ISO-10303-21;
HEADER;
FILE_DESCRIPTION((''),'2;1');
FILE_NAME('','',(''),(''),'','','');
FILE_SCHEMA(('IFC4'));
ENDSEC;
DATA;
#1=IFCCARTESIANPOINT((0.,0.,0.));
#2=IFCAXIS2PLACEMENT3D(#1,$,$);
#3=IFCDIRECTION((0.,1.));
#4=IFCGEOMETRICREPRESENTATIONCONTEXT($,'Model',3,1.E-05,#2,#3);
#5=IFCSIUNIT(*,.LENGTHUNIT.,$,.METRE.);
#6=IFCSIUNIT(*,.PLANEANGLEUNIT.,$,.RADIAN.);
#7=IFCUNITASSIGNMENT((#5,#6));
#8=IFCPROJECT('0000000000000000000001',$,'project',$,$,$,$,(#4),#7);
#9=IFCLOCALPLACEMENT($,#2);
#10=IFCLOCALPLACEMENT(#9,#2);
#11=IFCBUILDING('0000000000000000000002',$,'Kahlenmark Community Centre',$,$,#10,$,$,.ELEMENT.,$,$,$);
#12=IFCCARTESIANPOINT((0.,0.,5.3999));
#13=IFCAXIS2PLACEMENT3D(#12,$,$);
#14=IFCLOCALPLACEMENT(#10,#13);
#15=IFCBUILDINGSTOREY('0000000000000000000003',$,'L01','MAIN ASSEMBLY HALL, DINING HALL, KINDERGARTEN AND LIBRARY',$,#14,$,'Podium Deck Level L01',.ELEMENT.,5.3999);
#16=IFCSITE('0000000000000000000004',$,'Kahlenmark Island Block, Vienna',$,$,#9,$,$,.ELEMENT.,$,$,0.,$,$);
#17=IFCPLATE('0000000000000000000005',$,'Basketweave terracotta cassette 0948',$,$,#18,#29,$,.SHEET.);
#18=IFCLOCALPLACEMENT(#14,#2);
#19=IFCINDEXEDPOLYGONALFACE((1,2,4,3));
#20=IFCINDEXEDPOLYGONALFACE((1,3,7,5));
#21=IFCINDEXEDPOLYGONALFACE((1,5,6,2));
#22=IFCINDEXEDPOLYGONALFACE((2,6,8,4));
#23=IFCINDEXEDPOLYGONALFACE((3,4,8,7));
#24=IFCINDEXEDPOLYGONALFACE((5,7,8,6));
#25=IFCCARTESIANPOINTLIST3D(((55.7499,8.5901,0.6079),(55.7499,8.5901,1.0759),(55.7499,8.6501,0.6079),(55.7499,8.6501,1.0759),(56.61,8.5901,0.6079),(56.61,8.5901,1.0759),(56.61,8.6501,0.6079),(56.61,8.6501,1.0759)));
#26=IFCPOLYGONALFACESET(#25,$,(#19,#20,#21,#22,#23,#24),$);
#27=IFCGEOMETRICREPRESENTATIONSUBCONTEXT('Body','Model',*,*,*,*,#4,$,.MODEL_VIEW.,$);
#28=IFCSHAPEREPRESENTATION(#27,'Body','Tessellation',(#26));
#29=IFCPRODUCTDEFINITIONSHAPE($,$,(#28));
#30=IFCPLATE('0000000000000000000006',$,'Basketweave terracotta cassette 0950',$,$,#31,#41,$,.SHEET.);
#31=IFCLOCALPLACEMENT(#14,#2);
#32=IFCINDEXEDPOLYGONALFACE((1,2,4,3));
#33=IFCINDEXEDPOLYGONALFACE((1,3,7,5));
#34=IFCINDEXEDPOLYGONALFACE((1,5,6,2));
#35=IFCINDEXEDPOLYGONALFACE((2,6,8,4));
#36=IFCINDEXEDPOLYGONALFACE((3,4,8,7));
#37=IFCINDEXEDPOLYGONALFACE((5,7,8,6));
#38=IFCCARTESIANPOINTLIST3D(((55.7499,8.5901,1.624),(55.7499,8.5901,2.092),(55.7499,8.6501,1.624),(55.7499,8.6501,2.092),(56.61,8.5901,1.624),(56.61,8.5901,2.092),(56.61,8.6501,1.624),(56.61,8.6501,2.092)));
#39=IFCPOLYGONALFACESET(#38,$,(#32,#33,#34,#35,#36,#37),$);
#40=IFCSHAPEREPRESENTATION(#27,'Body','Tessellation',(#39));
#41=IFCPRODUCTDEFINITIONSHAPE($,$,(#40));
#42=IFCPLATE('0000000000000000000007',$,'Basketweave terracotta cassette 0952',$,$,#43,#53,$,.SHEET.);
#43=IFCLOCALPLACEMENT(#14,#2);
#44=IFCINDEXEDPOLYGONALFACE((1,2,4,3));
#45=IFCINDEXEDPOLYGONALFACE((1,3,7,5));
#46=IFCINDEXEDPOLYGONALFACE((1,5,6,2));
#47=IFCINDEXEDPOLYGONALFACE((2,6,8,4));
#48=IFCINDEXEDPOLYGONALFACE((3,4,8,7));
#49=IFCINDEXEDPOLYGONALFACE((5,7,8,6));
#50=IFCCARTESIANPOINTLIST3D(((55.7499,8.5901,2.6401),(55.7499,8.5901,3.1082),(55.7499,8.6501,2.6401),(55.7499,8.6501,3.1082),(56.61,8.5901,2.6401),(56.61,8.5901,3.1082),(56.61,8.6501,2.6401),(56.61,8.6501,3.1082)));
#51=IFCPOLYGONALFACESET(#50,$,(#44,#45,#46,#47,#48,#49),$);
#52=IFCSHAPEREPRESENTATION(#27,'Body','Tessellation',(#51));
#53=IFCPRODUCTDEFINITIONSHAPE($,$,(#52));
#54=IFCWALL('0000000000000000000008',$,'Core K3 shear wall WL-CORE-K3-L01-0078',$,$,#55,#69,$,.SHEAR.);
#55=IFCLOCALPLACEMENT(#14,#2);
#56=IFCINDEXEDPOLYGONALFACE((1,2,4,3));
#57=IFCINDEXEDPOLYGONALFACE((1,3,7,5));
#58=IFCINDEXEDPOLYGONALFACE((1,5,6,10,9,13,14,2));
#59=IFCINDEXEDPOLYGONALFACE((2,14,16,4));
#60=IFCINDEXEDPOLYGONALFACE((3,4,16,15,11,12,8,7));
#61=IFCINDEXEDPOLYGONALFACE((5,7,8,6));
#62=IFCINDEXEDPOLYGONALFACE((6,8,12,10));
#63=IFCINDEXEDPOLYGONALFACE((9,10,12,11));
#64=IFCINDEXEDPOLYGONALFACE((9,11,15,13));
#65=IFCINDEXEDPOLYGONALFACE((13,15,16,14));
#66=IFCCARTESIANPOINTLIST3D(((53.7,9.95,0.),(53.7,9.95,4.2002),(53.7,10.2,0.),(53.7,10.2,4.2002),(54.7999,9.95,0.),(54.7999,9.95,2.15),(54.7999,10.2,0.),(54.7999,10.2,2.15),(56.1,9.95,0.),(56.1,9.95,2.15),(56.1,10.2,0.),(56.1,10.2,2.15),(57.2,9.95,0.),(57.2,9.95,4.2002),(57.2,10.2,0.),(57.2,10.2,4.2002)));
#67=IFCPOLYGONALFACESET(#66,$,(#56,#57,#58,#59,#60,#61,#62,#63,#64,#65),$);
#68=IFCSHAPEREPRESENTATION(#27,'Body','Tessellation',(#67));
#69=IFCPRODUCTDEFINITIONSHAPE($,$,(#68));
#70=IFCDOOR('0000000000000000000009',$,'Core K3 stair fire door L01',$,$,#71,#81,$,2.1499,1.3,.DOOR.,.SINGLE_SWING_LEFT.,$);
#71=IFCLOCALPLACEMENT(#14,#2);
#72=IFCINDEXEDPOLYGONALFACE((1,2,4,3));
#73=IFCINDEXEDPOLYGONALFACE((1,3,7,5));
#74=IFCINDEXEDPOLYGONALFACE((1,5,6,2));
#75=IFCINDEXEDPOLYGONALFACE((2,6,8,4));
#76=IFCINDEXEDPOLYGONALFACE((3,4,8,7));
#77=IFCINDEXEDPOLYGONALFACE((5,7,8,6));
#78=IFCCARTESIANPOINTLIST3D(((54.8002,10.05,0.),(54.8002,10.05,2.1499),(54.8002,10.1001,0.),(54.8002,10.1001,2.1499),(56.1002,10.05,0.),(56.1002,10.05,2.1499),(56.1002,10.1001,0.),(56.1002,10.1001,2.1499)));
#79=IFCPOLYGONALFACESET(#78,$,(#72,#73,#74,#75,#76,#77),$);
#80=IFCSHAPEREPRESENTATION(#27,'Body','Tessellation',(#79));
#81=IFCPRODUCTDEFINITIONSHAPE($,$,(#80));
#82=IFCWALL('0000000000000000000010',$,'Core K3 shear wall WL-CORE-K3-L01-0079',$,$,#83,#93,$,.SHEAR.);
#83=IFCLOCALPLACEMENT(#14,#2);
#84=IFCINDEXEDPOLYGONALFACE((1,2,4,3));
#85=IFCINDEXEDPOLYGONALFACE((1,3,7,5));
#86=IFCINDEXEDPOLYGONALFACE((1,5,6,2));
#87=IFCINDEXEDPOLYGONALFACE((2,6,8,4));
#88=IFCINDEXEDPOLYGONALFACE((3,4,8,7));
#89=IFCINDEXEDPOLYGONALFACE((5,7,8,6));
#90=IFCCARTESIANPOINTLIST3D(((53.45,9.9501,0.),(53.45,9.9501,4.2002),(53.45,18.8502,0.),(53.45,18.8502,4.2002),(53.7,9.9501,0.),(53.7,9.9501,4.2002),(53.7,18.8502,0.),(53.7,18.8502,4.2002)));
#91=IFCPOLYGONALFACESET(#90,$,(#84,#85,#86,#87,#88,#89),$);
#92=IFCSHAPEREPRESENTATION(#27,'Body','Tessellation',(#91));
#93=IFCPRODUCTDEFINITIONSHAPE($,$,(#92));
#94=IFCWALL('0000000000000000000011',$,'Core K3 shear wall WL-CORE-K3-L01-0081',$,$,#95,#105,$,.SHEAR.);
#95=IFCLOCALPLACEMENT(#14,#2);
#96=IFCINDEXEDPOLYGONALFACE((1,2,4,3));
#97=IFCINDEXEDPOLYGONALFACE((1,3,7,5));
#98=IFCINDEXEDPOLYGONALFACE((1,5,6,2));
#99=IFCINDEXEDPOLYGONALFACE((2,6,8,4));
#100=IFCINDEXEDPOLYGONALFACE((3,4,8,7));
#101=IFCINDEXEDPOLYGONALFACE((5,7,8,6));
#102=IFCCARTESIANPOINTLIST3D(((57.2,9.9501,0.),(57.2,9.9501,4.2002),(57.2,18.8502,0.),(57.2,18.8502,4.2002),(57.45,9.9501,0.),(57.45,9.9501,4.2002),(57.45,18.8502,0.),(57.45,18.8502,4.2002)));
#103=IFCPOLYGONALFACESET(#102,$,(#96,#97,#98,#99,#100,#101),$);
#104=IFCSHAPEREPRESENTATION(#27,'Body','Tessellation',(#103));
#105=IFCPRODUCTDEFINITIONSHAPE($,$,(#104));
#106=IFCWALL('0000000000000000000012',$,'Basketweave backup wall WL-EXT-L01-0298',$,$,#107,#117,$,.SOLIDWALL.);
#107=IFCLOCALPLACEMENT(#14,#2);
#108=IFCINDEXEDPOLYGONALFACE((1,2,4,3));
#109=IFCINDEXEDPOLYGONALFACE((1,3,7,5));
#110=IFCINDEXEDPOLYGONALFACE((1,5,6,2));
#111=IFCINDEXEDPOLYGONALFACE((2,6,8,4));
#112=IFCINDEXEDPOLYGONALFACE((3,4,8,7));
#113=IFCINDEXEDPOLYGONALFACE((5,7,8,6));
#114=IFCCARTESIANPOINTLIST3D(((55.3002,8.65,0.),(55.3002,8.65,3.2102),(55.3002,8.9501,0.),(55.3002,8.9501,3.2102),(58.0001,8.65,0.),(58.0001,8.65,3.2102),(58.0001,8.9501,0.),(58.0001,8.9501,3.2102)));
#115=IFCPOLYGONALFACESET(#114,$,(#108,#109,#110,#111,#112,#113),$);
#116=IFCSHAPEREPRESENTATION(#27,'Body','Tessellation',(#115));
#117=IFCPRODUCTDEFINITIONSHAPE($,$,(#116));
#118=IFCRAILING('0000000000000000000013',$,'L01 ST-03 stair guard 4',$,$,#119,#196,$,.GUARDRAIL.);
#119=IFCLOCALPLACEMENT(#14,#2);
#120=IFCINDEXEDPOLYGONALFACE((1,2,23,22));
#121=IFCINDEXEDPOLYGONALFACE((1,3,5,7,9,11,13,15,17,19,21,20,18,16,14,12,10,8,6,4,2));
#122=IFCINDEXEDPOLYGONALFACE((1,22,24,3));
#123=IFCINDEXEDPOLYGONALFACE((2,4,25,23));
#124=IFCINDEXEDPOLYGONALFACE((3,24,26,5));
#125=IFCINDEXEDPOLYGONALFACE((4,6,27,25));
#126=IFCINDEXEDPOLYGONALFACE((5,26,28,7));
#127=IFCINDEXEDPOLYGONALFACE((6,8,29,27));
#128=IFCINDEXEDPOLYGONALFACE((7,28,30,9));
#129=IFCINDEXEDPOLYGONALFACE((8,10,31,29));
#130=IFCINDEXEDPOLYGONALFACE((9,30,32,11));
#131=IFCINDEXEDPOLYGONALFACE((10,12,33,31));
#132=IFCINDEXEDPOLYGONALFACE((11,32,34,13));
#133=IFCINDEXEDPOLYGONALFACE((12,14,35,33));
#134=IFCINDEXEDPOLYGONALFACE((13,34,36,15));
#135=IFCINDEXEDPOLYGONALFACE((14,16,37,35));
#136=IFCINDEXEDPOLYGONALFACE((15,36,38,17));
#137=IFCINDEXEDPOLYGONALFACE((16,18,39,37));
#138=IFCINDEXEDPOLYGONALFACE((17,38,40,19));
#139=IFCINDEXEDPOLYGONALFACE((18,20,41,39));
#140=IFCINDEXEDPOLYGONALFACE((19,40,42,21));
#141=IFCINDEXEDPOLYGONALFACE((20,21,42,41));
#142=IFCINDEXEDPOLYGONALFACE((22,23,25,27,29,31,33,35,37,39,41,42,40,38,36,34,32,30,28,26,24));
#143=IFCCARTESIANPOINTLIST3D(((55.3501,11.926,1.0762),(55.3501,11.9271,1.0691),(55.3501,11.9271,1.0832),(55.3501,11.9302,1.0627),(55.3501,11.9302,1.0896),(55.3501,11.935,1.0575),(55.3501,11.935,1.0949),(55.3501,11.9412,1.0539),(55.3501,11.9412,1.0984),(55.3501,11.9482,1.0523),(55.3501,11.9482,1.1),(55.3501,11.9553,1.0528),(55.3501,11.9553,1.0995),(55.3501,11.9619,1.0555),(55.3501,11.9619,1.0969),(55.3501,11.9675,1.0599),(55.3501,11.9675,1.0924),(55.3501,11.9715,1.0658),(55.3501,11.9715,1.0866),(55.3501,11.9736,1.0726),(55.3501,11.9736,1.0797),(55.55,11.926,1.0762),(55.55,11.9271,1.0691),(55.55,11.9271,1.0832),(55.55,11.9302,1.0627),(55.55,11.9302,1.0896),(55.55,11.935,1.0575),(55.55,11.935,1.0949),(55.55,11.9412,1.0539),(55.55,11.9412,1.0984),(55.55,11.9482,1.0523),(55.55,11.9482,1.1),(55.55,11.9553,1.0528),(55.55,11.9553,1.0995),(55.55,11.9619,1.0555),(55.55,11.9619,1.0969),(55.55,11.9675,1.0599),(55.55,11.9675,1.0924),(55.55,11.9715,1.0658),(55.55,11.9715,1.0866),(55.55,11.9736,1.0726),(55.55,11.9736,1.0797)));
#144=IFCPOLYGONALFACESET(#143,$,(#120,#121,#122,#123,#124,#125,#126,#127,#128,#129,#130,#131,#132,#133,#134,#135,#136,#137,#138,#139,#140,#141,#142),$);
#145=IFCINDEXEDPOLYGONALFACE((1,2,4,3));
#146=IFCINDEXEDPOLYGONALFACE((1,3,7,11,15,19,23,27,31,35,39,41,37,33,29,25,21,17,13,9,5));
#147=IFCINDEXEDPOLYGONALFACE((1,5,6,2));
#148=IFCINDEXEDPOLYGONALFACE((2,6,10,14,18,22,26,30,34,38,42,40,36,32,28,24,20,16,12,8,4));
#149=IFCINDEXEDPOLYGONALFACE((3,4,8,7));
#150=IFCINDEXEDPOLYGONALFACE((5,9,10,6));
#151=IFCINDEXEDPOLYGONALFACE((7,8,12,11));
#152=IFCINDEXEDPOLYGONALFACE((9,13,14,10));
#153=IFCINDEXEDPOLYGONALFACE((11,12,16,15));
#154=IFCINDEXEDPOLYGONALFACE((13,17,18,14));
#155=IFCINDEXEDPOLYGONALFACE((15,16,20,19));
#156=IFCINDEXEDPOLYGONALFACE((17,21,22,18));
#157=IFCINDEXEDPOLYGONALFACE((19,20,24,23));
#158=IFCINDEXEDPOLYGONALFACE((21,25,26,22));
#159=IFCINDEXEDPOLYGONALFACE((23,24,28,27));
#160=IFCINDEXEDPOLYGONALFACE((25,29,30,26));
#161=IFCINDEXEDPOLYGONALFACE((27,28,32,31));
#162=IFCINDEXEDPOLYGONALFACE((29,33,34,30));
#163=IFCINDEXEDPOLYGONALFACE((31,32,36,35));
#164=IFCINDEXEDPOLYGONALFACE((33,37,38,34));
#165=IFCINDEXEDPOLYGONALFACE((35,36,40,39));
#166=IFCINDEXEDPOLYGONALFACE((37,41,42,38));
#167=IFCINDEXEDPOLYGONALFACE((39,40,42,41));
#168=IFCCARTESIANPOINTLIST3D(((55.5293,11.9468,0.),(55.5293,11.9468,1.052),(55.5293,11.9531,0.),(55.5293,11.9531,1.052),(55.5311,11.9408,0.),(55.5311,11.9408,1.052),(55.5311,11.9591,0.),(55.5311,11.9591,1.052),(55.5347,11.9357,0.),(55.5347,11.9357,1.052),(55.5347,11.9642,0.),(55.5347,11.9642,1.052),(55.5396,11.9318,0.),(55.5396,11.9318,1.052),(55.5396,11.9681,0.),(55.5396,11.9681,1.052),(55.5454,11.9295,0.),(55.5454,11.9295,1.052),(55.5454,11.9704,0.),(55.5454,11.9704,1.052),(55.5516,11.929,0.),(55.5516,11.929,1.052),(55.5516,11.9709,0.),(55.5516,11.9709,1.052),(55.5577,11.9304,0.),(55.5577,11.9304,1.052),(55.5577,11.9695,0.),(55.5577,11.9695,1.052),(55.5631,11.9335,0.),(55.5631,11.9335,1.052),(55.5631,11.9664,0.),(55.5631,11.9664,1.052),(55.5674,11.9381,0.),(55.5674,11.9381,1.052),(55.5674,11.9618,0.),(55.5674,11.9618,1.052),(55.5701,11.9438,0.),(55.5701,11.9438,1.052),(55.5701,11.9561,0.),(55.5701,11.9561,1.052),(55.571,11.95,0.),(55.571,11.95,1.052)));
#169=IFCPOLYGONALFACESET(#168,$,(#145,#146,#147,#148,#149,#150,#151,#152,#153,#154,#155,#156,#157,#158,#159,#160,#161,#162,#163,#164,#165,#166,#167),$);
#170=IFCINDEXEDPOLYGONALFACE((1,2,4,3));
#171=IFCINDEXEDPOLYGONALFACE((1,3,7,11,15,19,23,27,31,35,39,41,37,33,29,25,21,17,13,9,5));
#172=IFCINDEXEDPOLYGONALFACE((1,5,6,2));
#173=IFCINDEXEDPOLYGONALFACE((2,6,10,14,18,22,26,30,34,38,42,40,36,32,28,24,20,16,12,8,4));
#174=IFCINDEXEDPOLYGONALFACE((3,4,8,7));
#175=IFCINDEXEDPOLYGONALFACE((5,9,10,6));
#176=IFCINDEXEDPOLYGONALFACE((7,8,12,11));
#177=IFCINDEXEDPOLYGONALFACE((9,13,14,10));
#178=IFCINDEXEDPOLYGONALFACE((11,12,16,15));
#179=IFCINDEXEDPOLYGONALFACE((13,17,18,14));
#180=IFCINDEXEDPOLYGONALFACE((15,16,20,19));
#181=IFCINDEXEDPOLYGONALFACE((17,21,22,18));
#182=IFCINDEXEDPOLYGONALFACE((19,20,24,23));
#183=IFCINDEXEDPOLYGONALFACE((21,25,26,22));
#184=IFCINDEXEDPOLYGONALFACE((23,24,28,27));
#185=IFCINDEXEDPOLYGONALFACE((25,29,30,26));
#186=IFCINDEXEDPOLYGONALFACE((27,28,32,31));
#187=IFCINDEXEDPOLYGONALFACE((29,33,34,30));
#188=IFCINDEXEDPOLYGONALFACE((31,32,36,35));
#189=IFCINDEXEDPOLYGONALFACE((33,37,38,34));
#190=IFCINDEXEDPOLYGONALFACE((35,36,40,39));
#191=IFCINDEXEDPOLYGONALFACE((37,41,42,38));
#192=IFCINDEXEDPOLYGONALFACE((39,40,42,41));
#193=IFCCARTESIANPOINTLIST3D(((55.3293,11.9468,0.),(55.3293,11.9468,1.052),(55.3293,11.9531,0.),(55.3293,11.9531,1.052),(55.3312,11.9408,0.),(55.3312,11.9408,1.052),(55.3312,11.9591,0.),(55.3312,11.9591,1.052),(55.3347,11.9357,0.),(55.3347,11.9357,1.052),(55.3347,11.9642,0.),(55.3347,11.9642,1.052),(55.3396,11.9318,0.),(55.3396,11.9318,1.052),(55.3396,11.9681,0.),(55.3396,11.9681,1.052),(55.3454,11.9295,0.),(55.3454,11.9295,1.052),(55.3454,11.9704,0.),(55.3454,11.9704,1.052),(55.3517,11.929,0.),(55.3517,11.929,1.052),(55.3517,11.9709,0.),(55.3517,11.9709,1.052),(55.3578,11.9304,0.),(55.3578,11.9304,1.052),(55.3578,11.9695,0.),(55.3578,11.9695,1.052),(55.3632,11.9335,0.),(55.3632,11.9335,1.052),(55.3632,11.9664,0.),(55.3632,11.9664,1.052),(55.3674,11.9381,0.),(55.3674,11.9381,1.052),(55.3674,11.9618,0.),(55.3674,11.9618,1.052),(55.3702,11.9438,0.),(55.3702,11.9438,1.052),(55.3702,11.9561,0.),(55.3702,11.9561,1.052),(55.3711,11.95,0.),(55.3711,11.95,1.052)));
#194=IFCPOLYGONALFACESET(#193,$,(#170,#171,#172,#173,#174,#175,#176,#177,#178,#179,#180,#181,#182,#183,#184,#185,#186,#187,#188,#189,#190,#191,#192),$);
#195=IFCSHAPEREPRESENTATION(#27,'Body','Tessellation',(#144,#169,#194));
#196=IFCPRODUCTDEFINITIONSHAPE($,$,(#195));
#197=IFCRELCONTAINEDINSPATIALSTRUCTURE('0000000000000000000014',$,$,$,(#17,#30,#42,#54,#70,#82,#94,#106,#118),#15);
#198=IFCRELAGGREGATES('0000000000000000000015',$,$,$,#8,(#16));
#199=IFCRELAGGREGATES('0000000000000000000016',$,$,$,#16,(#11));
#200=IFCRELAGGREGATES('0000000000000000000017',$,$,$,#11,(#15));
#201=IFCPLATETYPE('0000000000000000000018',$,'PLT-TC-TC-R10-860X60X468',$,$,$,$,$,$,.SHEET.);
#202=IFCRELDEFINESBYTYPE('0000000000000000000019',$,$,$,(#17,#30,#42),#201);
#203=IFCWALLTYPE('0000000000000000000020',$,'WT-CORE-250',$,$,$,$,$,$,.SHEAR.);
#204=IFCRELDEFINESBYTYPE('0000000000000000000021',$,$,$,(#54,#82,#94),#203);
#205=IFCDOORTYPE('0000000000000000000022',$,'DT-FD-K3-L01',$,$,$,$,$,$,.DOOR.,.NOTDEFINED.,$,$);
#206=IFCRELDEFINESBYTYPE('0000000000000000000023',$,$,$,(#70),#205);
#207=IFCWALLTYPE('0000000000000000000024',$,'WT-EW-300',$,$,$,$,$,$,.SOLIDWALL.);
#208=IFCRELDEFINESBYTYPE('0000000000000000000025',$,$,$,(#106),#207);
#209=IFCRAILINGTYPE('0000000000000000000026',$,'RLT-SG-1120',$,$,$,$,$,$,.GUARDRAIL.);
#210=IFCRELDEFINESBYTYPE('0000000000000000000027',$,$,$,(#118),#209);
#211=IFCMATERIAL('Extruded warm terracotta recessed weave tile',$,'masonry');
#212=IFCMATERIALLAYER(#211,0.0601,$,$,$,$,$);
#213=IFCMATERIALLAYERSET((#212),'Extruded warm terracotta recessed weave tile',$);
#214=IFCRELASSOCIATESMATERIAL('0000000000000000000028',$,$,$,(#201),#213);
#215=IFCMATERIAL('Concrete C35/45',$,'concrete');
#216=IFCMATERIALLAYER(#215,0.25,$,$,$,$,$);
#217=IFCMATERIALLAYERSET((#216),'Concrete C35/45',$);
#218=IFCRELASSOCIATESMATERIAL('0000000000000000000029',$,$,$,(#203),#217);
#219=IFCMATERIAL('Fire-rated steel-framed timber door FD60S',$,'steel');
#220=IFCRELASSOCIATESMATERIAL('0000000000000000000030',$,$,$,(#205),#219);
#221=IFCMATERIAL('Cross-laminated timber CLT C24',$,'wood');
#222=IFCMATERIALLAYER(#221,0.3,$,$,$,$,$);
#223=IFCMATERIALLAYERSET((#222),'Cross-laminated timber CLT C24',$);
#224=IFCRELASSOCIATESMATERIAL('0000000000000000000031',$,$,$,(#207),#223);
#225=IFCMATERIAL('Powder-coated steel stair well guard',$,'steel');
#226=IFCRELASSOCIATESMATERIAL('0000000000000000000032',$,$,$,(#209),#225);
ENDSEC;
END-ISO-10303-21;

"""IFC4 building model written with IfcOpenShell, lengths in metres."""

from ifc_helpers import new_model, si_unit, direction, frame, frame_2d, origin, origin_2d, place, context, subcontext, project, spatial, rectangle, circle, extrude, material, layer, layer_set, type_object, element, fill, save


model = new_model("IFC4")

# Units and contexts
model_context = context("Model", 3, precision=1e-05, world=origin(), true_north=direction((0.0, 1.0)))
body_context = subcontext(model_context, "Body", "Model", "MODEL_VIEW")
ifc_project = project(units=[si_unit("LENGTHUNIT", "METRE"), si_unit("PLANEANGLEUNIT", "RADIAN")], contexts=[model_context])

# Site, building, storey
site_placement = place(None, origin())
site = spatial("IfcSite", under=ifc_project, at=site_placement, Name="Kahlenmark Island Block, Vienna", CompositionType="ELEMENT", RefElevation=0.0)
building_placement = place(site_placement, origin())
building = spatial("IfcBuilding", under=site, at=building_placement, Name="Kahlenmark Community Centre", CompositionType="ELEMENT")
storey_placement = place(building_placement, frame((0.0, 0.0, 5.3999)))
storey = spatial("IfcBuildingStorey", under=building, at=storey_placement, Name="L01", Description="MAIN ASSEMBLY HALL, DINING HALL, KINDERGARTEN AND LIBRARY", LongName="Podium Deck Level L01", CompositionType="ELEMENT", Elevation=5.3999)

# Shared definitions
ifc_material_1 = material(Name="Concrete C35/45", Category="concrete")

# Plates
ifc_material_2 = material(Name="Extruded warm terracotta recessed weave tile", Category="masonry")
ifc_layer_1 = layer(ifc_material_2, 0.0601)
ifc_layer_set_1 = layer_set([ifc_layer_1], Name="Extruded warm terracotta recessed weave tile")
plate_type_1 = type_object("IfcPlateType", Name="PLT-TC-TC-R10-860X60X468", PredefinedType="SHEET", material=ifc_layer_set_1)
for number, where, z_axis, x_axis, name in (
    (1, (56.1799, 8.6201, 0.6079), (0.0, 0.0, 1.0), (1.0, 0.0, 0.0), "Basketweave terracotta cassette 0948"),
    (2, (56.1799, 8.6201, 1.624), (0.0, 0.0, 1.0), (1.0, 0.0, 0.0), "Basketweave terracotta cassette 0950"),
    (3, (56.1799, 8.6201, 2.6401), (0.0, 0.0, 1.0), (1.0, 0.0, 0.0), "Basketweave terracotta cassette 0952"),
):
    element("IfcPlate", number, at=place(storey_placement, frame(where, z_axis=z_axis, x_axis=x_axis)), inside=storey, type_object=plate_type_1, Name=name, PredefinedType="SHEET", context=body_context, shape_type="SweptSolid", body=[
        extrude(rectangle(XDim=0.8601, YDim=0.0601, at=origin_2d()), origin(), (0.0, 0.0, 1.0), 0.468),
    ])

# Wall, opening, door
ifc_layer_2 = layer(ifc_material_1, 0.25)
ifc_layer_set_2 = layer_set([ifc_layer_2], Name="Concrete C35/45")
wall_type_1 = type_object("IfcWallType", Name="WT-CORE-250", PredefinedType="SHEAR", material=ifc_layer_set_2)
wall_1_placement = place(storey_placement, frame((53.7, 10.075, 0.0), z_axis=(0.0, 0.0, 1.0), x_axis=(1.0, 0.0, 0.0)))
wall_1 = element("IfcWall", 4, at=wall_1_placement, inside=storey, type_object=wall_type_1, Name="Core K3 shear wall WL-CORE-K3-L01-0078", PredefinedType="SHEAR", context=body_context, shape_type="SweptSolid", body=[
    extrude(rectangle(XDim=3.5, YDim=0.25, at=frame_2d((1.75, 0.0))), origin(), (0.0, 0.0, 1.0), 4.2002),
])
opening_placement = place(wall_1_placement, frame((1.1001, 0.0, -0.01)))
opening = element("IfcOpeningElement", 5, at=opening_placement, cuts=wall_1, PredefinedType="OPENING", context=body_context, shape_type="SweptSolid", body=[
    extrude(rectangle(XDim=1.3, YDim=2.1599, at=frame_2d((0.6499, 1.0801))), frame((0.0, 0.135, 0.0), z_axis=(0.0, -1.0, 0.0), x_axis=(1.0, 0.0, 0.0)), (0.0, 0.0, 1.0), 0.27),
])
ifc_material_3 = material(Name="Fire-rated steel-framed timber door FD60S", Category="steel")
door_type = type_object("IfcDoorType", Name="DT-FD-K3-L01", OperationType="NOTDEFINED", PredefinedType="DOOR", material=ifc_material_3)
door_placement = place(opening_placement, frame((1.3, 0.0, 0.01), z_axis=(0.0, 0.0, 1.0), x_axis=(-1.0, 0.0, 0.0)))
door = element("IfcDoor", 6, at=door_placement, inside=storey, type_object=door_type, Name="Core K3 stair fire door L01", OperationType="SINGLE_SWING_LEFT", OverallHeight=2.1499, OverallWidth=1.3, PredefinedType="DOOR", context=body_context, shape_type="SweptSolid", body=[
    extrude(rectangle(XDim=1.3, YDim=2.1499, at=frame_2d((0.6499, 1.075))), frame((0.0, 0.0249, 0.0), z_axis=(0.0, -1.0, 0.0), x_axis=(1.0, 0.0, 0.0)), (0.0, 0.0, 1.0), 0.05),
])
fill(opening, door)

# Walls
for number, where, z_axis, x_axis, name in (
    (7, (53.575, 9.95, 0.0), (0.0, 0.0, 1.0), (0.0, 1.0, 0.0), "Core K3 shear wall WL-CORE-K3-L01-0079"),
    (8, (57.325, 9.95, 0.0), (0.0, 0.0, 1.0), (0.0, 1.0, 0.0), "Core K3 shear wall WL-CORE-K3-L01-0081"),
):
    element("IfcWall", number, at=place(storey_placement, frame(where, z_axis=z_axis, x_axis=x_axis)), inside=storey, type_object=wall_type_1, Name=name, PredefinedType="SHEAR", context=body_context, shape_type="SweptSolid", body=[
        extrude(rectangle(XDim=8.9001, YDim=0.25, at=frame_2d((4.4502, 0.0))), origin(), (0.0, 0.0, 1.0), 4.2002),
    ])
ifc_material_4 = material(Name="Cross-laminated timber CLT C24", Category="wood")
ifc_layer_3 = layer(ifc_material_4, 0.3)
ifc_layer_set_3 = layer_set([ifc_layer_3], Name="Cross-laminated timber CLT C24")
wall_type_2 = type_object("IfcWallType", Name="WT-EW-300", PredefinedType="SOLIDWALL", material=ifc_layer_set_3)
wall_2_placement = place(storey_placement, frame((55.3, 8.8, 0.0), z_axis=(0.0, 0.0, 1.0), x_axis=(1.0, 0.0, 0.0)))
element("IfcWall", 9, at=wall_2_placement, inside=storey, type_object=wall_type_2, Name="Basketweave backup wall WL-EXT-L01-0298", PredefinedType="SOLIDWALL", context=body_context, shape_type="SweptSolid", body=[
    extrude(rectangle(XDim=2.7, YDim=0.3, at=frame_2d((1.3501, 0.0))), origin(), (0.0, 0.0, 1.0), 3.2102),
])

# Railing
ifc_material_5 = material(Name="Powder-coated steel stair well guard", Category="steel")
railing_type = type_object("IfcRailingType", Name="RLT-SG-1120", PredefinedType="GUARDRAIL", material=ifc_material_5)
railing_placement = place(storey_placement, frame((55.55, 11.95, 0.0)))
element("IfcRailing", 10, at=railing_placement, inside=storey, type_object=railing_type, Name="L01 ST-03 stair guard 4", PredefinedType="GUARDRAIL", context=body_context, shape_type="SweptSolid", body=[
    extrude(circle(Radius=0.0239, at=origin_2d()), frame((0.0, 0.0, 1.0762), z_axis=(-1.0, 0.0, 0.0), x_axis=(0.0, -1.0, 0.0)), (0.0, 0.0, 1.0), 0.2),
    extrude(circle(Radius=0.021, at=origin_2d()), origin(), (0.0, 0.0, 1.0), 1.052),
    extrude(circle(Radius=0.021, at=origin_2d()), frame((-0.2, 0.0, 0.0)), (0.0, 0.0, 1.0), 1.052),
])

save(model, "model.ifc")
